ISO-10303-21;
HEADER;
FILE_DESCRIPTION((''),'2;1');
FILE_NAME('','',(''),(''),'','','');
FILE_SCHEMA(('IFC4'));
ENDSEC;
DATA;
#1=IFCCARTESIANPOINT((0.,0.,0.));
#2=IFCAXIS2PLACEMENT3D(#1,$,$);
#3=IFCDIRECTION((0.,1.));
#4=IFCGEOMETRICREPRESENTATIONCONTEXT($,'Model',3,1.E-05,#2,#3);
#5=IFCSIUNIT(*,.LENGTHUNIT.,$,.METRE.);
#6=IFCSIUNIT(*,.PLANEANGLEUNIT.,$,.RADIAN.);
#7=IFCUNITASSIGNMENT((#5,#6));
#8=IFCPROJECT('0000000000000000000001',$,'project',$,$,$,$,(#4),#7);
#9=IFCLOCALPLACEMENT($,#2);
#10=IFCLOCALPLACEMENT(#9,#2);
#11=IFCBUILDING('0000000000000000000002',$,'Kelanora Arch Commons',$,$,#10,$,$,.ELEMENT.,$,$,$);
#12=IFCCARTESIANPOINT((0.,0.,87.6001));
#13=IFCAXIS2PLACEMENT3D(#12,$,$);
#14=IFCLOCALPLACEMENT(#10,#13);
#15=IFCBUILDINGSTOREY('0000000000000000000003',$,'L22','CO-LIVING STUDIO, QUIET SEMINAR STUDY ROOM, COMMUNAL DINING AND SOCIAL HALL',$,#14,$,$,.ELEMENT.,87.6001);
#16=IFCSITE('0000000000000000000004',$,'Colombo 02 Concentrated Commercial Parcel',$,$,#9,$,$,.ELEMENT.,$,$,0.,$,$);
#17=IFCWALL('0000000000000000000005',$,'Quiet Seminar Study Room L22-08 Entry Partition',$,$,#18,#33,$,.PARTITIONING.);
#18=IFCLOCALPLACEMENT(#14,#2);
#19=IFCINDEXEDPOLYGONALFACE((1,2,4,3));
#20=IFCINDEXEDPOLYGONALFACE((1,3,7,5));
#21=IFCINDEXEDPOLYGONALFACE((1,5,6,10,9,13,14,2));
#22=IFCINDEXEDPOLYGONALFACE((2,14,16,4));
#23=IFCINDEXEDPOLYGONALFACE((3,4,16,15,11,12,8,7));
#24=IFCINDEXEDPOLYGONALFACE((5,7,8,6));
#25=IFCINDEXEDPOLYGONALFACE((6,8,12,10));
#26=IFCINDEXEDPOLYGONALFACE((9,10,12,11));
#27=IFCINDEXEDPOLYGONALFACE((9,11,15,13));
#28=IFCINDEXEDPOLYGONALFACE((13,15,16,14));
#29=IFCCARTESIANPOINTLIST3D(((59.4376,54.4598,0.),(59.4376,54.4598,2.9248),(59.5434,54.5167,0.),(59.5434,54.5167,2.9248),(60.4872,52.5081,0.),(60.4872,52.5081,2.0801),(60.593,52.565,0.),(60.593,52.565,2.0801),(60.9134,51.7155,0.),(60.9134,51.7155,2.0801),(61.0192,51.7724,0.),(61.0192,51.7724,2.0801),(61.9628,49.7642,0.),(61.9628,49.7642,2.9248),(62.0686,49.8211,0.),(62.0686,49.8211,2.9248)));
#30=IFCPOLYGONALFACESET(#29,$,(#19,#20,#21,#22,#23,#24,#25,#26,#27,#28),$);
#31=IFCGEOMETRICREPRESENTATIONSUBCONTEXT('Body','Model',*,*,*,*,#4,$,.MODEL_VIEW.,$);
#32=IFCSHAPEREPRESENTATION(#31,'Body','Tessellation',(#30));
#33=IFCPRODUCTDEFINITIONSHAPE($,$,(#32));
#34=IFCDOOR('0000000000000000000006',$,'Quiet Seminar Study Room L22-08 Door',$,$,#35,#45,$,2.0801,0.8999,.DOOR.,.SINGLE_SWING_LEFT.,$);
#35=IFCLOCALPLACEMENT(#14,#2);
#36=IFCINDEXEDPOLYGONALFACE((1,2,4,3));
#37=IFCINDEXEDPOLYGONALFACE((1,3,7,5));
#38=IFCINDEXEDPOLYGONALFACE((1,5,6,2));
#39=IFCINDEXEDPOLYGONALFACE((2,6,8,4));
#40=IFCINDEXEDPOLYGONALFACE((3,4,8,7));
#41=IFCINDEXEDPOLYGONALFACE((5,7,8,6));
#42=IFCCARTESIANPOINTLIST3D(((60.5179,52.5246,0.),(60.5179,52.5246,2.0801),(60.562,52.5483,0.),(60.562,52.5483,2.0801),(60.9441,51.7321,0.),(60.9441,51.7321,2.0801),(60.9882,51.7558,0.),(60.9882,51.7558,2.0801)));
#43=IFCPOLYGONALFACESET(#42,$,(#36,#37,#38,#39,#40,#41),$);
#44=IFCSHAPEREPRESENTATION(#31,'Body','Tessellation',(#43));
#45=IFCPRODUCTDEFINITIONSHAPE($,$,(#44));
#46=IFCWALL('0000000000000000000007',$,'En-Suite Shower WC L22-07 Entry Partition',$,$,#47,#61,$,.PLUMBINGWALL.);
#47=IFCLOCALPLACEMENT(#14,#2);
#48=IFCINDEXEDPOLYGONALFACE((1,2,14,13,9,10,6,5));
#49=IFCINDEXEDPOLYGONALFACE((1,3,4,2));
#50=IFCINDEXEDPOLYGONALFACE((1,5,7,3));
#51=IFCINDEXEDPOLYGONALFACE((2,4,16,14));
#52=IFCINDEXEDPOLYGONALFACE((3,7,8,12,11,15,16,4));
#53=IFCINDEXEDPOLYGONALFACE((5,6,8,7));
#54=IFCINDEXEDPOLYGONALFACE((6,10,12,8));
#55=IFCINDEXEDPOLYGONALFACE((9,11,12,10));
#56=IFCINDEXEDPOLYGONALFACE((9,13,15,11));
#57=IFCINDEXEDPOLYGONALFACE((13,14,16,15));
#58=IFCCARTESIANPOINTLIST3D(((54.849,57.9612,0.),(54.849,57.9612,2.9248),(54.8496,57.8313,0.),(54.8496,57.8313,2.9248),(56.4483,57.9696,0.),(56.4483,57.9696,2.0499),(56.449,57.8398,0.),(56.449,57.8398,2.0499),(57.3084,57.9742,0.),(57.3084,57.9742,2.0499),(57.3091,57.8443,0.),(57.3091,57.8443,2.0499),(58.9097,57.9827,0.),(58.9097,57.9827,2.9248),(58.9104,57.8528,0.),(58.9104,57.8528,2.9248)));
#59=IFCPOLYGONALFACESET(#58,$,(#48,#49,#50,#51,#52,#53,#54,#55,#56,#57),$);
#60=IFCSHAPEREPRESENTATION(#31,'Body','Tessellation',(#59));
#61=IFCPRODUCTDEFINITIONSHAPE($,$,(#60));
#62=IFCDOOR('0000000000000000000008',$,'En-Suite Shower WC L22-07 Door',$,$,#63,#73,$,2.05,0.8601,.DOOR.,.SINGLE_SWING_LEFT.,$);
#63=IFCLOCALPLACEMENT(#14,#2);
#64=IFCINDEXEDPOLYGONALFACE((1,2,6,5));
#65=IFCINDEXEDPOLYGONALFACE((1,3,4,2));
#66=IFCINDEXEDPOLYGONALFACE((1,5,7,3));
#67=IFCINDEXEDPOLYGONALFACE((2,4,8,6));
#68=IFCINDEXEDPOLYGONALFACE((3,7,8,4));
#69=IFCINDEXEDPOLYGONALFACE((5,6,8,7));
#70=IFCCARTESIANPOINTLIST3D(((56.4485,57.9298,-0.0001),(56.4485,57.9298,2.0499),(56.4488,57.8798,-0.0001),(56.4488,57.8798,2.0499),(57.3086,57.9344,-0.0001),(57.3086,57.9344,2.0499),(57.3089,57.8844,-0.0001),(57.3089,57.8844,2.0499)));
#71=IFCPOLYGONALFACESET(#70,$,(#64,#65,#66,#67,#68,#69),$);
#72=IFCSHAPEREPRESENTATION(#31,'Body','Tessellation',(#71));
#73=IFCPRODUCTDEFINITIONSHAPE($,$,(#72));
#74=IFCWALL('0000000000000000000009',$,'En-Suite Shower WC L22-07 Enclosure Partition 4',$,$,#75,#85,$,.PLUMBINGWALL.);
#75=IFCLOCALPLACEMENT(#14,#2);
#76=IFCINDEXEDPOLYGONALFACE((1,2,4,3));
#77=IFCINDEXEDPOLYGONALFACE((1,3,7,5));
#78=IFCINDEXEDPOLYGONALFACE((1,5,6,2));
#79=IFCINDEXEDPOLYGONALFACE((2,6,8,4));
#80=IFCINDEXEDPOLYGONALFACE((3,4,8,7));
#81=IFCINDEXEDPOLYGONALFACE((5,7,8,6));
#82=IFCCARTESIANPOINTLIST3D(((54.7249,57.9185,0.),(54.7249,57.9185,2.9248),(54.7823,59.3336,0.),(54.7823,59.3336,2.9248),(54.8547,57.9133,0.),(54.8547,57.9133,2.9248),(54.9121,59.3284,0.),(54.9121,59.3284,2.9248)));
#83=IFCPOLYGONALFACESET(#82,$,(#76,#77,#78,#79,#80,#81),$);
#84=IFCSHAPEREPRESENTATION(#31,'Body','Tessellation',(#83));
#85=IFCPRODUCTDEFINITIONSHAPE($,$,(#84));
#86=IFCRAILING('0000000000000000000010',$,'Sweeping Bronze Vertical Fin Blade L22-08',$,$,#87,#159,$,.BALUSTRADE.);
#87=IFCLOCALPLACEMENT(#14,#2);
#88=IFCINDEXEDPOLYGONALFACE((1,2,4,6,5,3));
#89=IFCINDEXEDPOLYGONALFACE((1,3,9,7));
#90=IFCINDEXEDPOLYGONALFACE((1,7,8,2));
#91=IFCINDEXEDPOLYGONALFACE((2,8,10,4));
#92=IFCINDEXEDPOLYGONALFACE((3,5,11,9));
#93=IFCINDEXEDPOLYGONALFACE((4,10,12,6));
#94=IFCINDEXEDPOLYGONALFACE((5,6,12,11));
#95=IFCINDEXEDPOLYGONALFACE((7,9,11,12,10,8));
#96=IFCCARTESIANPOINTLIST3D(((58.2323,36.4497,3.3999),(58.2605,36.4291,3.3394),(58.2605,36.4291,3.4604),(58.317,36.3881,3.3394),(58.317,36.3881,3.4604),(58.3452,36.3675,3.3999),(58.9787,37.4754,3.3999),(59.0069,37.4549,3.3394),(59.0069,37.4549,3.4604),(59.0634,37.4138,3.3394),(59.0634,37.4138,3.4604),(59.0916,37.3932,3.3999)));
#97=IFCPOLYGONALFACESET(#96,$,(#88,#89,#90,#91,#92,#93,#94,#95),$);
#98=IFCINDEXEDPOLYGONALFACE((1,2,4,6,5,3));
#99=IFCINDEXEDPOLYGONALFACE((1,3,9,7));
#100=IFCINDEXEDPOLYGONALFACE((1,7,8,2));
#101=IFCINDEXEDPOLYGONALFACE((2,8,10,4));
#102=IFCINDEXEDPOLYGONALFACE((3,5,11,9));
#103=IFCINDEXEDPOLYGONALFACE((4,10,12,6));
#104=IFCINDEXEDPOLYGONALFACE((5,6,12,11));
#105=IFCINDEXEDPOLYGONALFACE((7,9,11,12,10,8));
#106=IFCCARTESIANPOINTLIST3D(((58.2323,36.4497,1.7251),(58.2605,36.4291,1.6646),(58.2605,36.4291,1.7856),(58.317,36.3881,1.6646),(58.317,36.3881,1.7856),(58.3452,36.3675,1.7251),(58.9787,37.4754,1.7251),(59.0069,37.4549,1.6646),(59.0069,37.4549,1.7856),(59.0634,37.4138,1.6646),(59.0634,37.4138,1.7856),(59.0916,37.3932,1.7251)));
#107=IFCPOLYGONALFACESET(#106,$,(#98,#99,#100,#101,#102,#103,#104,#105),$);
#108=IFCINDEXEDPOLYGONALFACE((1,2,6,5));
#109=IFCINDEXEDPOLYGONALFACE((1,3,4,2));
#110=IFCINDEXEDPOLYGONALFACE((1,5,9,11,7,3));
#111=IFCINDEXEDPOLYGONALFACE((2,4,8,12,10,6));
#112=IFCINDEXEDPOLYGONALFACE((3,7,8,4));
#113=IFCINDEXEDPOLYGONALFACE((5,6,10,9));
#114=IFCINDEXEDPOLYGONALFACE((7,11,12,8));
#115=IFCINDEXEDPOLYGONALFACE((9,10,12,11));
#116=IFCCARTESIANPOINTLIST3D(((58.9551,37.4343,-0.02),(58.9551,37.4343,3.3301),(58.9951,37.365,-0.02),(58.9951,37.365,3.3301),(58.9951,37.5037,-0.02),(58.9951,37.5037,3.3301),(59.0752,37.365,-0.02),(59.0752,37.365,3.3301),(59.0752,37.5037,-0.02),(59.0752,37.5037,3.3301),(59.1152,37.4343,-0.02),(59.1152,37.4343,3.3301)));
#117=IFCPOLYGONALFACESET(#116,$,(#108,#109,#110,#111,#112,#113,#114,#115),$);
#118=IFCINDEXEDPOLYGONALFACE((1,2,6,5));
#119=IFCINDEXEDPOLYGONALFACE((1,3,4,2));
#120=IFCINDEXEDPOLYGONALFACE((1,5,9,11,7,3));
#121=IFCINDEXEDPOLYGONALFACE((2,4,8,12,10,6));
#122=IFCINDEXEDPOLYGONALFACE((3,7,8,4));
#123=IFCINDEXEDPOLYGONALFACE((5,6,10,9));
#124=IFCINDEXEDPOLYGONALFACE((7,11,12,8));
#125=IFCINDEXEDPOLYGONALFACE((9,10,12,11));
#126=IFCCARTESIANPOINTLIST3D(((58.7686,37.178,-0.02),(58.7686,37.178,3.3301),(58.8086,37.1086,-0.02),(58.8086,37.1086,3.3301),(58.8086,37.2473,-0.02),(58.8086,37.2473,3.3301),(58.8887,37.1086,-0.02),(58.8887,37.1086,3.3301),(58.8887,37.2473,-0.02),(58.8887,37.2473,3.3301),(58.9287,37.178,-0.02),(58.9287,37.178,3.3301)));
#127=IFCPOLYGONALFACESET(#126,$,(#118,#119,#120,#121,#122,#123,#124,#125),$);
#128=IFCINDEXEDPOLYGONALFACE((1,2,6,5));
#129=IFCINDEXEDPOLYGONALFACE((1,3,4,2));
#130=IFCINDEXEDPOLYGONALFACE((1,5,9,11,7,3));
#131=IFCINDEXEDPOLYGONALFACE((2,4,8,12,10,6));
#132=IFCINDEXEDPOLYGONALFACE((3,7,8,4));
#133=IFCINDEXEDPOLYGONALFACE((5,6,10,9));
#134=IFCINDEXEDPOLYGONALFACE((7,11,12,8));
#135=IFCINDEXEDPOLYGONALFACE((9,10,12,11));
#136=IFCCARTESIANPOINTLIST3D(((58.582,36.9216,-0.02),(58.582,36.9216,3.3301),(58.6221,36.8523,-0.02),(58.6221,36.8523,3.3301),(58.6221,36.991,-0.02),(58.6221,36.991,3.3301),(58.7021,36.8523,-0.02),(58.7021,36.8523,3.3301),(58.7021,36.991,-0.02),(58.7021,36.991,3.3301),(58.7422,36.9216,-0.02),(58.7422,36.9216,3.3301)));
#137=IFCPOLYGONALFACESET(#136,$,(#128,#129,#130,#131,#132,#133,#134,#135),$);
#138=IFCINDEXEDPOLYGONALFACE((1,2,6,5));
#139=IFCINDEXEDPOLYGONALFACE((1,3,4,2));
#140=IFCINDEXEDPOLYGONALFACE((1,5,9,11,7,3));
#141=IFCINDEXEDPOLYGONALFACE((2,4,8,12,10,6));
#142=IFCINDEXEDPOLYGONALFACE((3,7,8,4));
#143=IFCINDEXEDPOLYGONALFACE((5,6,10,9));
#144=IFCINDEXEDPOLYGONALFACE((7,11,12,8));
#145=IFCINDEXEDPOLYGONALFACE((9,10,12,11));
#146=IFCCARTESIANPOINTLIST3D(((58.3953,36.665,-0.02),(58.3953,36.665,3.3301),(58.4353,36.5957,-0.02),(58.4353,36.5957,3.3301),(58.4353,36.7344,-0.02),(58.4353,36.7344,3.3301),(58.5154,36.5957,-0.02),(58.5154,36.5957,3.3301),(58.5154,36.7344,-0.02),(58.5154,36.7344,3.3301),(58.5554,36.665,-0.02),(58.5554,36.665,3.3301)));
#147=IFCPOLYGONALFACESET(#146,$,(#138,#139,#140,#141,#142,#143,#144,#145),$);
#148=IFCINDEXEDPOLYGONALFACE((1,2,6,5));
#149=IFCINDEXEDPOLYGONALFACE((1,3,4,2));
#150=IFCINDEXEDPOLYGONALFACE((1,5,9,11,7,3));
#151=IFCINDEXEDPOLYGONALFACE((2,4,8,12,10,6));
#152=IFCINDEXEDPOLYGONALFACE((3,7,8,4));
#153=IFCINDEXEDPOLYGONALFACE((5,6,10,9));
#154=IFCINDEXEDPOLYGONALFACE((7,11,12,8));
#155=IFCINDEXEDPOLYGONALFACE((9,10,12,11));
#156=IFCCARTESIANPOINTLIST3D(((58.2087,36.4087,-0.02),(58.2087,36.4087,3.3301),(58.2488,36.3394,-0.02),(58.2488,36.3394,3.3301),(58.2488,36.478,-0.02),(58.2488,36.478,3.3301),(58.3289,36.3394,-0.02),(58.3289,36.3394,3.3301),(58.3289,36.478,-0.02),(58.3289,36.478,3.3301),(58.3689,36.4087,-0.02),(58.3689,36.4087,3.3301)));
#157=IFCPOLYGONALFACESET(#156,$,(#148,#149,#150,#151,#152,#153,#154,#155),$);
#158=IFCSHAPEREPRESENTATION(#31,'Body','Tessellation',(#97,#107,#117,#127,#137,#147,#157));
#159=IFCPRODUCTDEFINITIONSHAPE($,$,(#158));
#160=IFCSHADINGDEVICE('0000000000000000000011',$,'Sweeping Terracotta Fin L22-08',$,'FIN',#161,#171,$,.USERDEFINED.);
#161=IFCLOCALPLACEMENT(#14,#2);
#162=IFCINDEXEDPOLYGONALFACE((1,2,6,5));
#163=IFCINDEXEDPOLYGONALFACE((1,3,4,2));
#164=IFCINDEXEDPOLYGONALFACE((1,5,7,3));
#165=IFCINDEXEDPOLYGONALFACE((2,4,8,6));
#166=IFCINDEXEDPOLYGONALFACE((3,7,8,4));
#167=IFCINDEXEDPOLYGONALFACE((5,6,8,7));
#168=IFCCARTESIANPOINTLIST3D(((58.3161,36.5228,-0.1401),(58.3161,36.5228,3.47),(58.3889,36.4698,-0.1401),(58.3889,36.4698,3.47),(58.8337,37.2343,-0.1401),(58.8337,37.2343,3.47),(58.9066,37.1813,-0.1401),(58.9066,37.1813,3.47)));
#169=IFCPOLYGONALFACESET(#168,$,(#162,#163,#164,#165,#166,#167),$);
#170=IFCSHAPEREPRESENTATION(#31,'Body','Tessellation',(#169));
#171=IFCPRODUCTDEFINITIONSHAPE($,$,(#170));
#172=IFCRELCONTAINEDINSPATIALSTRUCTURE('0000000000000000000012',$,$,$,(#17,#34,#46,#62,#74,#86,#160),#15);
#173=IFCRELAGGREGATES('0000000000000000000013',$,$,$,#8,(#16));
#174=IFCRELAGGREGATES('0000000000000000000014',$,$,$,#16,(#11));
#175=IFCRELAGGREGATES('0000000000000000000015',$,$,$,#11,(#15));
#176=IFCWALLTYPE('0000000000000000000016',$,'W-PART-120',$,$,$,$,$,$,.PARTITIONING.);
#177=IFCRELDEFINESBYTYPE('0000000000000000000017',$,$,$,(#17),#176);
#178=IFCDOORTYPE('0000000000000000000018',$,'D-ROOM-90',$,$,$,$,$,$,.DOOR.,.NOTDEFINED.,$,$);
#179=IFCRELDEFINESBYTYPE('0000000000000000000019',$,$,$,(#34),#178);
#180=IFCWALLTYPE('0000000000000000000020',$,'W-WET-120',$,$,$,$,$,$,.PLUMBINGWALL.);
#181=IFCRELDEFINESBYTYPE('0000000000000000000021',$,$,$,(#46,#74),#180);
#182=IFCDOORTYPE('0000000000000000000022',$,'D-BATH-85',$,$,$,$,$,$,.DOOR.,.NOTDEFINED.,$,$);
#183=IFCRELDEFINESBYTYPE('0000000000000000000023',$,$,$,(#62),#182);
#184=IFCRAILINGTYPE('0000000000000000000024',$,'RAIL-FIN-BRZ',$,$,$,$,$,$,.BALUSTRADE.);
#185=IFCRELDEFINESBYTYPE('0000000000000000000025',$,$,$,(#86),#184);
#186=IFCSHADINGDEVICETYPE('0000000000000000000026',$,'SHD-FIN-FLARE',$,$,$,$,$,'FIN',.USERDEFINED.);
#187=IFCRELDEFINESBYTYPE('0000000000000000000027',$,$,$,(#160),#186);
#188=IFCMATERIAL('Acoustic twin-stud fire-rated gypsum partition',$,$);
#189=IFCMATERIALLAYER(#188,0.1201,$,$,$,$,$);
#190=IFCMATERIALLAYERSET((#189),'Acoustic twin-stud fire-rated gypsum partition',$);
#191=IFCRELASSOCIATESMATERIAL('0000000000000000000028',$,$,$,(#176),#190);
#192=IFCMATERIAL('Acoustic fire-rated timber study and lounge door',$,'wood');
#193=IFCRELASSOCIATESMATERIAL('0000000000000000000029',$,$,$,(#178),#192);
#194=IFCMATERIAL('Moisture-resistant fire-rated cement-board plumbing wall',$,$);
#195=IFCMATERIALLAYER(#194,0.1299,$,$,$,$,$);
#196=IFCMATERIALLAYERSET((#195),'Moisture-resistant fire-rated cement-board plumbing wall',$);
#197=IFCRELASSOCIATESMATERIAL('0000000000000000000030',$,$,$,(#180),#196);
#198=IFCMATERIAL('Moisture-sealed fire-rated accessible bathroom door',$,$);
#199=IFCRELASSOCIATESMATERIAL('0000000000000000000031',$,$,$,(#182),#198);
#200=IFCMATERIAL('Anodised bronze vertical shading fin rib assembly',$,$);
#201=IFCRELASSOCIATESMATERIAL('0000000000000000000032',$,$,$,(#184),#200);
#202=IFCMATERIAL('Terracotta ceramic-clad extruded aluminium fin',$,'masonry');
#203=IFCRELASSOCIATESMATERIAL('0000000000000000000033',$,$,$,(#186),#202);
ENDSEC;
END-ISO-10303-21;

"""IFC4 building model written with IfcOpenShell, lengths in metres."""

from ifc_helpers import new_model, si_unit, direction, frame, frame_2d, origin, origin_2d, place, context, subcontext, project, spatial, polyline, rectangle, outline, extrude, source, transform, mapped, material, layer, layer_set, type_object, element, fill, save


model = new_model("IFC4")

# Units and contexts
model_context = context("Model", 3, precision=1e-05, world=origin(), true_north=direction((0.0, 1.0)))
body_context = subcontext(model_context, "Body", "Model", "MODEL_VIEW")
ifc_project = project(units=[si_unit("LENGTHUNIT", "METRE"), si_unit("PLANEANGLEUNIT", "RADIAN")], contexts=[model_context])

# Site, building, storey
site_placement = place(None, origin())
site = spatial("IfcSite", under=ifc_project, at=site_placement, Name="Colombo 02 Concentrated Commercial Parcel", CompositionType="ELEMENT", RefElevation=0.0)
building_placement = place(site_placement, origin())
building = spatial("IfcBuilding", under=site, at=building_placement, Name="Kelanora Arch Commons", CompositionType="ELEMENT")
storey_placement = place(building_placement, frame((0.0, 0.0, 87.6001)))
storey = spatial("IfcBuildingStorey", under=building, at=storey_placement, Name="L22", Description="CO-LIVING STUDIO, QUIET SEMINAR STUDY ROOM, COMMUNAL DINING AND SOCIAL HALL", CompositionType="ELEMENT", Elevation=87.6001)

# Walls, openings, doors
ifc_material_1 = material(Name="Acoustic twin-stud fire-rated gypsum partition")
ifc_layer_1 = layer(ifc_material_1, 0.1201)
ifc_layer_set_1 = layer_set([ifc_layer_1], Name="Acoustic twin-stud fire-rated gypsum partition")
wall_type_1 = type_object("IfcWallType", Name="W-PART-120", PredefinedType="PARTITIONING", material=ifc_layer_set_1)
wall_1_placement = place(storey_placement, frame((59.4905, 54.4883, 0.0), z_axis=(0.0, 0.0, 1.0), x_axis=(0.47363, -0.880724, 0.0)))
wall_1 = element("IfcWall", 1, at=wall_1_placement, inside=storey, type_object=wall_type_1, Name="Quiet Seminar Study Room L22-08 Entry Partition", PredefinedType="PARTITIONING", context=body_context, shape_type="SweptSolid", body=[
    extrude(rectangle(XDim=5.3315, YDim=0.1201, at=frame_2d((2.6658, 0.0))), origin(), (0.0, 0.0, 1.0), 2.9248),
])
opening_1_placement = place(wall_1_placement, frame((2.2161, 0.0, 0.0)))
opening_1 = element("IfcOpeningElement", 2, at=opening_1_placement, cuts=wall_1, PredefinedType="OPENING", context=body_context, shape_type="SweptSolid", body=[
    extrude(rectangle(XDim=0.8999, YDim=2.0801, at=frame_2d((0.45, 1.04))), frame((0.0, 0.0701, 0.0), z_axis=(0.0, -1.0, 0.0), x_axis=(1.0, 0.0, 0.0)), (0.0, 0.0, 1.0), 0.1401),
])
ifc_material_2 = material(Name="Acoustic fire-rated timber study and lounge door", Category="wood")
door_type_1 = type_object("IfcDoorType", Name="D-ROOM-90", OperationType="NOTDEFINED", PredefinedType="DOOR", material=ifc_material_2)
door_1_placement = place(opening_1_placement, origin())
door_1 = element("IfcDoor", 3, at=door_1_placement, inside=storey, type_object=door_type_1, Name="Quiet Seminar Study Room L22-08 Door", OperationType="SINGLE_SWING_LEFT", OverallHeight=2.0801, OverallWidth=0.8999, PredefinedType="DOOR", context=body_context, shape_type="SweptSolid", body=[
    extrude(rectangle(XDim=0.8999, YDim=2.0801, at=frame_2d((0.45, 1.04))), frame((0.0, 0.0249, 0.0), z_axis=(0.0, -1.0, 0.0), x_axis=(1.0, 0.0, 0.0)), (0.0, 0.0, 1.0), 0.05),
])
fill(opening_1, door_1)
ifc_material_3 = material(Name="Moisture-resistant fire-rated cement-board plumbing wall")
ifc_layer_2 = layer(ifc_material_3, 0.1299)
ifc_layer_set_2 = layer_set([ifc_layer_2], Name="Moisture-resistant fire-rated cement-board plumbing wall")
wall_type_2 = type_object("IfcWallType", Name="W-WET-120", PredefinedType="PLUMBINGWALL", material=ifc_layer_set_2)
wall_2_placement = place(storey_placement, frame((58.9099, 57.9177, 0.0), z_axis=(0.0, 0.0, 1.0), x_axis=(-0.999986, -0.005291, 0.0)))
wall_2 = element("IfcWall", 4, at=wall_2_placement, inside=storey, type_object=wall_type_2, Name="En-Suite Shower WC L22-07 Entry Partition", PredefinedType="PLUMBINGWALL", context=body_context, shape_type="SweptSolid", body=[
    extrude(rectangle(XDim=4.0608, YDim=0.1299, at=frame_2d((2.0303, 0.0))), origin(), (0.0, 0.0, 1.0), 2.9248),
])
opening_2_placement = place(wall_2_placement, frame((1.6011, 0.0, 0.0)))
opening_2 = element("IfcOpeningElement", 5, at=opening_2_placement, cuts=wall_2, PredefinedType="OPENING", context=body_context, shape_type="SweptSolid", body=[
    extrude(rectangle(XDim=0.8601, YDim=2.05, at=frame_2d((0.4302, 1.0249))), frame((0.0, 0.075, 0.0), z_axis=(0.0, -1.0, 0.0), x_axis=(1.0, 0.0, 0.0)), (0.0, 0.0, 1.0), 0.1499),
])
ifc_material_4 = material(Name="Moisture-sealed fire-rated accessible bathroom door")
door_type_2 = type_object("IfcDoorType", Name="D-BATH-85", OperationType="NOTDEFINED", PredefinedType="DOOR", material=ifc_material_4)
door_2_placement = place(opening_2_placement, origin())
door_2 = element("IfcDoor", 6, at=door_2_placement, inside=storey, type_object=door_type_2, Name="En-Suite Shower WC L22-07 Door", OperationType="SINGLE_SWING_LEFT", OverallHeight=2.05, OverallWidth=0.8601, PredefinedType="DOOR", context=body_context, shape_type="SweptSolid", body=[
    extrude(rectangle(XDim=0.8601, YDim=2.05, at=frame_2d((0.4302, 1.0249))), frame((0.0, 0.0249, 0.0), z_axis=(0.0, -1.0, 0.0), x_axis=(1.0, 0.0, 0.0)), (0.0, 0.0, 1.0), 0.05),
])
fill(opening_2, door_2)

# Wall
wall_3_placement = place(storey_placement, frame((54.7898, 57.916, 0.0), z_axis=(0.0, 0.0, 1.0), x_axis=(0.040512, 0.999179, 0.0)))
element("IfcWall", 7, at=wall_3_placement, inside=storey, type_object=wall_type_2, Name="En-Suite Shower WC L22-07 Enclosure Partition 4", PredefinedType="PLUMBINGWALL", context=body_context, shape_type="SweptSolid", body=[
    extrude(rectangle(XDim=1.4163, YDim=0.1299, at=frame_2d((0.708, 0.0))), origin(), (0.0, 0.0, 1.0), 2.9248),
])

# Railing
ifc_material_5 = material(Name="Anodised bronze vertical shading fin rib assembly")
railing_type = type_object("IfcRailingType", Name="RAIL-FIN-BRZ", PredefinedType="BALUSTRADE", material=ifc_material_5)
railing_placement = place(storey_placement, frame((59.0352, 37.4343, -0.02)))
element("IfcRailing", 8, at=railing_placement, inside=storey, type_object=railing_type, Name="Sweeping Bronze Vertical Fin Blade L22-08", PredefinedType="BALUSTRADE", context=body_context, shape_type="SweptSolid", body=[
    extrude(outline(polyline([(0.0698, 0.0), (0.0349, 0.0605), (-0.0349, 0.0605), (-0.0698, 0.0), (-0.0349, -0.0605), (0.0349, -0.0605), (0.0698, 0.0)])), frame((0.0, 0.0, 3.4199), z_axis=(-0.588389, -0.808578, 0.0), x_axis=(0.808578, -0.588389, 0.0)), (0.0, 0.0, 1.0), 1.2686),
    extrude(outline(polyline([(0.0698, 0.0), (0.0349, 0.0605), (-0.0349, 0.0605), (-0.0698, 0.0), (-0.0349, -0.0605), (0.0349, -0.0605), (0.0698, 0.0)])), frame((0.0, 0.0, 1.7451), z_axis=(-0.588389, -0.808578, 0.0), x_axis=(0.808578, -0.588389, 0.0)), (0.0, 0.0, 1.0), 1.2686),
    extrude(outline(polyline([(0.0801, 0.0), (0.04, 0.0693), (-0.04, 0.0693), (-0.0801, 0.0), (-0.04, -0.0693), (0.04, -0.0693), (0.0801, 0.0)])), origin(), (0.0, 0.0, 1.0), 3.3501),
    extrude(outline(polyline([(0.0801, 0.0), (0.04, 0.0693), (-0.04, 0.0693), (-0.0801, 0.0), (-0.04, -0.0693), (0.04, -0.0693), (0.0801, 0.0)])), frame((-0.1865, -0.2563, 0.0)), (0.0, 0.0, 1.0), 3.3501),
    extrude(outline(polyline([(0.0801, 0.0), (0.04, 0.0693), (-0.04, 0.0693), (-0.0801, 0.0), (-0.04, -0.0693), (0.04, -0.0693), (0.0801, 0.0)])), frame((-0.373, -0.5127, 0.0)), (0.0, 0.0, 1.0), 3.3501),
    extrude(outline(polyline([(0.0801, 0.0), (0.04, 0.0693), (-0.04, 0.0693), (-0.0801, 0.0), (-0.04, -0.0693), (0.04, -0.0693), (0.0801, 0.0)])), frame((-0.5598, -0.7693, 0.0)), (0.0, 0.0, 1.0), 3.3501),
    extrude(outline(polyline([(0.0801, 0.0), (0.04, 0.0693), (-0.04, 0.0693), (-0.0801, 0.0), (-0.04, -0.0693), (0.04, -0.0693), (0.0801, 0.0)])), frame((-0.7463, -1.0256, 0.0)), (0.0, 0.0, 1.0), 3.3501),
])

# Shading device
ifc_material_6 = material(Name="Terracotta ceramic-clad extruded aluminium fin", Category="masonry")
shading_device_type = type_object("IfcShadingDeviceType", Name="SHD-FIN-FLARE", ElementType="FIN", PredefinedType="USERDEFINED", material=ifc_material_6)
shared_shape_1 = source(origin(), body_context, "Body", "SweptSolid", [
    extrude(rectangle(XDim=0.8799, YDim=0.0901, at=origin_2d()), origin(), (0.0, 0.0, 1.0), 3.6101),
])
shading_device_placement = place(storey_placement, frame((58.6113, 36.8521, -0.1401), z_axis=(0.0, 0.0, 1.0), x_axis=(-0.58835, -0.808606, 0.0)))
element("IfcShadingDevice", 9, at=shading_device_placement, inside=storey, type_object=shading_device_type, Name="Sweeping Terracotta Fin L22-08", ObjectType="FIN", PredefinedType="USERDEFINED", context=body_context, shape_type="MappedRepresentation", body=[
    mapped(shared_shape_1, transform((0.0, 0.0, 0.0), scale=1.0)),
])

save(model, "model.ifc")
